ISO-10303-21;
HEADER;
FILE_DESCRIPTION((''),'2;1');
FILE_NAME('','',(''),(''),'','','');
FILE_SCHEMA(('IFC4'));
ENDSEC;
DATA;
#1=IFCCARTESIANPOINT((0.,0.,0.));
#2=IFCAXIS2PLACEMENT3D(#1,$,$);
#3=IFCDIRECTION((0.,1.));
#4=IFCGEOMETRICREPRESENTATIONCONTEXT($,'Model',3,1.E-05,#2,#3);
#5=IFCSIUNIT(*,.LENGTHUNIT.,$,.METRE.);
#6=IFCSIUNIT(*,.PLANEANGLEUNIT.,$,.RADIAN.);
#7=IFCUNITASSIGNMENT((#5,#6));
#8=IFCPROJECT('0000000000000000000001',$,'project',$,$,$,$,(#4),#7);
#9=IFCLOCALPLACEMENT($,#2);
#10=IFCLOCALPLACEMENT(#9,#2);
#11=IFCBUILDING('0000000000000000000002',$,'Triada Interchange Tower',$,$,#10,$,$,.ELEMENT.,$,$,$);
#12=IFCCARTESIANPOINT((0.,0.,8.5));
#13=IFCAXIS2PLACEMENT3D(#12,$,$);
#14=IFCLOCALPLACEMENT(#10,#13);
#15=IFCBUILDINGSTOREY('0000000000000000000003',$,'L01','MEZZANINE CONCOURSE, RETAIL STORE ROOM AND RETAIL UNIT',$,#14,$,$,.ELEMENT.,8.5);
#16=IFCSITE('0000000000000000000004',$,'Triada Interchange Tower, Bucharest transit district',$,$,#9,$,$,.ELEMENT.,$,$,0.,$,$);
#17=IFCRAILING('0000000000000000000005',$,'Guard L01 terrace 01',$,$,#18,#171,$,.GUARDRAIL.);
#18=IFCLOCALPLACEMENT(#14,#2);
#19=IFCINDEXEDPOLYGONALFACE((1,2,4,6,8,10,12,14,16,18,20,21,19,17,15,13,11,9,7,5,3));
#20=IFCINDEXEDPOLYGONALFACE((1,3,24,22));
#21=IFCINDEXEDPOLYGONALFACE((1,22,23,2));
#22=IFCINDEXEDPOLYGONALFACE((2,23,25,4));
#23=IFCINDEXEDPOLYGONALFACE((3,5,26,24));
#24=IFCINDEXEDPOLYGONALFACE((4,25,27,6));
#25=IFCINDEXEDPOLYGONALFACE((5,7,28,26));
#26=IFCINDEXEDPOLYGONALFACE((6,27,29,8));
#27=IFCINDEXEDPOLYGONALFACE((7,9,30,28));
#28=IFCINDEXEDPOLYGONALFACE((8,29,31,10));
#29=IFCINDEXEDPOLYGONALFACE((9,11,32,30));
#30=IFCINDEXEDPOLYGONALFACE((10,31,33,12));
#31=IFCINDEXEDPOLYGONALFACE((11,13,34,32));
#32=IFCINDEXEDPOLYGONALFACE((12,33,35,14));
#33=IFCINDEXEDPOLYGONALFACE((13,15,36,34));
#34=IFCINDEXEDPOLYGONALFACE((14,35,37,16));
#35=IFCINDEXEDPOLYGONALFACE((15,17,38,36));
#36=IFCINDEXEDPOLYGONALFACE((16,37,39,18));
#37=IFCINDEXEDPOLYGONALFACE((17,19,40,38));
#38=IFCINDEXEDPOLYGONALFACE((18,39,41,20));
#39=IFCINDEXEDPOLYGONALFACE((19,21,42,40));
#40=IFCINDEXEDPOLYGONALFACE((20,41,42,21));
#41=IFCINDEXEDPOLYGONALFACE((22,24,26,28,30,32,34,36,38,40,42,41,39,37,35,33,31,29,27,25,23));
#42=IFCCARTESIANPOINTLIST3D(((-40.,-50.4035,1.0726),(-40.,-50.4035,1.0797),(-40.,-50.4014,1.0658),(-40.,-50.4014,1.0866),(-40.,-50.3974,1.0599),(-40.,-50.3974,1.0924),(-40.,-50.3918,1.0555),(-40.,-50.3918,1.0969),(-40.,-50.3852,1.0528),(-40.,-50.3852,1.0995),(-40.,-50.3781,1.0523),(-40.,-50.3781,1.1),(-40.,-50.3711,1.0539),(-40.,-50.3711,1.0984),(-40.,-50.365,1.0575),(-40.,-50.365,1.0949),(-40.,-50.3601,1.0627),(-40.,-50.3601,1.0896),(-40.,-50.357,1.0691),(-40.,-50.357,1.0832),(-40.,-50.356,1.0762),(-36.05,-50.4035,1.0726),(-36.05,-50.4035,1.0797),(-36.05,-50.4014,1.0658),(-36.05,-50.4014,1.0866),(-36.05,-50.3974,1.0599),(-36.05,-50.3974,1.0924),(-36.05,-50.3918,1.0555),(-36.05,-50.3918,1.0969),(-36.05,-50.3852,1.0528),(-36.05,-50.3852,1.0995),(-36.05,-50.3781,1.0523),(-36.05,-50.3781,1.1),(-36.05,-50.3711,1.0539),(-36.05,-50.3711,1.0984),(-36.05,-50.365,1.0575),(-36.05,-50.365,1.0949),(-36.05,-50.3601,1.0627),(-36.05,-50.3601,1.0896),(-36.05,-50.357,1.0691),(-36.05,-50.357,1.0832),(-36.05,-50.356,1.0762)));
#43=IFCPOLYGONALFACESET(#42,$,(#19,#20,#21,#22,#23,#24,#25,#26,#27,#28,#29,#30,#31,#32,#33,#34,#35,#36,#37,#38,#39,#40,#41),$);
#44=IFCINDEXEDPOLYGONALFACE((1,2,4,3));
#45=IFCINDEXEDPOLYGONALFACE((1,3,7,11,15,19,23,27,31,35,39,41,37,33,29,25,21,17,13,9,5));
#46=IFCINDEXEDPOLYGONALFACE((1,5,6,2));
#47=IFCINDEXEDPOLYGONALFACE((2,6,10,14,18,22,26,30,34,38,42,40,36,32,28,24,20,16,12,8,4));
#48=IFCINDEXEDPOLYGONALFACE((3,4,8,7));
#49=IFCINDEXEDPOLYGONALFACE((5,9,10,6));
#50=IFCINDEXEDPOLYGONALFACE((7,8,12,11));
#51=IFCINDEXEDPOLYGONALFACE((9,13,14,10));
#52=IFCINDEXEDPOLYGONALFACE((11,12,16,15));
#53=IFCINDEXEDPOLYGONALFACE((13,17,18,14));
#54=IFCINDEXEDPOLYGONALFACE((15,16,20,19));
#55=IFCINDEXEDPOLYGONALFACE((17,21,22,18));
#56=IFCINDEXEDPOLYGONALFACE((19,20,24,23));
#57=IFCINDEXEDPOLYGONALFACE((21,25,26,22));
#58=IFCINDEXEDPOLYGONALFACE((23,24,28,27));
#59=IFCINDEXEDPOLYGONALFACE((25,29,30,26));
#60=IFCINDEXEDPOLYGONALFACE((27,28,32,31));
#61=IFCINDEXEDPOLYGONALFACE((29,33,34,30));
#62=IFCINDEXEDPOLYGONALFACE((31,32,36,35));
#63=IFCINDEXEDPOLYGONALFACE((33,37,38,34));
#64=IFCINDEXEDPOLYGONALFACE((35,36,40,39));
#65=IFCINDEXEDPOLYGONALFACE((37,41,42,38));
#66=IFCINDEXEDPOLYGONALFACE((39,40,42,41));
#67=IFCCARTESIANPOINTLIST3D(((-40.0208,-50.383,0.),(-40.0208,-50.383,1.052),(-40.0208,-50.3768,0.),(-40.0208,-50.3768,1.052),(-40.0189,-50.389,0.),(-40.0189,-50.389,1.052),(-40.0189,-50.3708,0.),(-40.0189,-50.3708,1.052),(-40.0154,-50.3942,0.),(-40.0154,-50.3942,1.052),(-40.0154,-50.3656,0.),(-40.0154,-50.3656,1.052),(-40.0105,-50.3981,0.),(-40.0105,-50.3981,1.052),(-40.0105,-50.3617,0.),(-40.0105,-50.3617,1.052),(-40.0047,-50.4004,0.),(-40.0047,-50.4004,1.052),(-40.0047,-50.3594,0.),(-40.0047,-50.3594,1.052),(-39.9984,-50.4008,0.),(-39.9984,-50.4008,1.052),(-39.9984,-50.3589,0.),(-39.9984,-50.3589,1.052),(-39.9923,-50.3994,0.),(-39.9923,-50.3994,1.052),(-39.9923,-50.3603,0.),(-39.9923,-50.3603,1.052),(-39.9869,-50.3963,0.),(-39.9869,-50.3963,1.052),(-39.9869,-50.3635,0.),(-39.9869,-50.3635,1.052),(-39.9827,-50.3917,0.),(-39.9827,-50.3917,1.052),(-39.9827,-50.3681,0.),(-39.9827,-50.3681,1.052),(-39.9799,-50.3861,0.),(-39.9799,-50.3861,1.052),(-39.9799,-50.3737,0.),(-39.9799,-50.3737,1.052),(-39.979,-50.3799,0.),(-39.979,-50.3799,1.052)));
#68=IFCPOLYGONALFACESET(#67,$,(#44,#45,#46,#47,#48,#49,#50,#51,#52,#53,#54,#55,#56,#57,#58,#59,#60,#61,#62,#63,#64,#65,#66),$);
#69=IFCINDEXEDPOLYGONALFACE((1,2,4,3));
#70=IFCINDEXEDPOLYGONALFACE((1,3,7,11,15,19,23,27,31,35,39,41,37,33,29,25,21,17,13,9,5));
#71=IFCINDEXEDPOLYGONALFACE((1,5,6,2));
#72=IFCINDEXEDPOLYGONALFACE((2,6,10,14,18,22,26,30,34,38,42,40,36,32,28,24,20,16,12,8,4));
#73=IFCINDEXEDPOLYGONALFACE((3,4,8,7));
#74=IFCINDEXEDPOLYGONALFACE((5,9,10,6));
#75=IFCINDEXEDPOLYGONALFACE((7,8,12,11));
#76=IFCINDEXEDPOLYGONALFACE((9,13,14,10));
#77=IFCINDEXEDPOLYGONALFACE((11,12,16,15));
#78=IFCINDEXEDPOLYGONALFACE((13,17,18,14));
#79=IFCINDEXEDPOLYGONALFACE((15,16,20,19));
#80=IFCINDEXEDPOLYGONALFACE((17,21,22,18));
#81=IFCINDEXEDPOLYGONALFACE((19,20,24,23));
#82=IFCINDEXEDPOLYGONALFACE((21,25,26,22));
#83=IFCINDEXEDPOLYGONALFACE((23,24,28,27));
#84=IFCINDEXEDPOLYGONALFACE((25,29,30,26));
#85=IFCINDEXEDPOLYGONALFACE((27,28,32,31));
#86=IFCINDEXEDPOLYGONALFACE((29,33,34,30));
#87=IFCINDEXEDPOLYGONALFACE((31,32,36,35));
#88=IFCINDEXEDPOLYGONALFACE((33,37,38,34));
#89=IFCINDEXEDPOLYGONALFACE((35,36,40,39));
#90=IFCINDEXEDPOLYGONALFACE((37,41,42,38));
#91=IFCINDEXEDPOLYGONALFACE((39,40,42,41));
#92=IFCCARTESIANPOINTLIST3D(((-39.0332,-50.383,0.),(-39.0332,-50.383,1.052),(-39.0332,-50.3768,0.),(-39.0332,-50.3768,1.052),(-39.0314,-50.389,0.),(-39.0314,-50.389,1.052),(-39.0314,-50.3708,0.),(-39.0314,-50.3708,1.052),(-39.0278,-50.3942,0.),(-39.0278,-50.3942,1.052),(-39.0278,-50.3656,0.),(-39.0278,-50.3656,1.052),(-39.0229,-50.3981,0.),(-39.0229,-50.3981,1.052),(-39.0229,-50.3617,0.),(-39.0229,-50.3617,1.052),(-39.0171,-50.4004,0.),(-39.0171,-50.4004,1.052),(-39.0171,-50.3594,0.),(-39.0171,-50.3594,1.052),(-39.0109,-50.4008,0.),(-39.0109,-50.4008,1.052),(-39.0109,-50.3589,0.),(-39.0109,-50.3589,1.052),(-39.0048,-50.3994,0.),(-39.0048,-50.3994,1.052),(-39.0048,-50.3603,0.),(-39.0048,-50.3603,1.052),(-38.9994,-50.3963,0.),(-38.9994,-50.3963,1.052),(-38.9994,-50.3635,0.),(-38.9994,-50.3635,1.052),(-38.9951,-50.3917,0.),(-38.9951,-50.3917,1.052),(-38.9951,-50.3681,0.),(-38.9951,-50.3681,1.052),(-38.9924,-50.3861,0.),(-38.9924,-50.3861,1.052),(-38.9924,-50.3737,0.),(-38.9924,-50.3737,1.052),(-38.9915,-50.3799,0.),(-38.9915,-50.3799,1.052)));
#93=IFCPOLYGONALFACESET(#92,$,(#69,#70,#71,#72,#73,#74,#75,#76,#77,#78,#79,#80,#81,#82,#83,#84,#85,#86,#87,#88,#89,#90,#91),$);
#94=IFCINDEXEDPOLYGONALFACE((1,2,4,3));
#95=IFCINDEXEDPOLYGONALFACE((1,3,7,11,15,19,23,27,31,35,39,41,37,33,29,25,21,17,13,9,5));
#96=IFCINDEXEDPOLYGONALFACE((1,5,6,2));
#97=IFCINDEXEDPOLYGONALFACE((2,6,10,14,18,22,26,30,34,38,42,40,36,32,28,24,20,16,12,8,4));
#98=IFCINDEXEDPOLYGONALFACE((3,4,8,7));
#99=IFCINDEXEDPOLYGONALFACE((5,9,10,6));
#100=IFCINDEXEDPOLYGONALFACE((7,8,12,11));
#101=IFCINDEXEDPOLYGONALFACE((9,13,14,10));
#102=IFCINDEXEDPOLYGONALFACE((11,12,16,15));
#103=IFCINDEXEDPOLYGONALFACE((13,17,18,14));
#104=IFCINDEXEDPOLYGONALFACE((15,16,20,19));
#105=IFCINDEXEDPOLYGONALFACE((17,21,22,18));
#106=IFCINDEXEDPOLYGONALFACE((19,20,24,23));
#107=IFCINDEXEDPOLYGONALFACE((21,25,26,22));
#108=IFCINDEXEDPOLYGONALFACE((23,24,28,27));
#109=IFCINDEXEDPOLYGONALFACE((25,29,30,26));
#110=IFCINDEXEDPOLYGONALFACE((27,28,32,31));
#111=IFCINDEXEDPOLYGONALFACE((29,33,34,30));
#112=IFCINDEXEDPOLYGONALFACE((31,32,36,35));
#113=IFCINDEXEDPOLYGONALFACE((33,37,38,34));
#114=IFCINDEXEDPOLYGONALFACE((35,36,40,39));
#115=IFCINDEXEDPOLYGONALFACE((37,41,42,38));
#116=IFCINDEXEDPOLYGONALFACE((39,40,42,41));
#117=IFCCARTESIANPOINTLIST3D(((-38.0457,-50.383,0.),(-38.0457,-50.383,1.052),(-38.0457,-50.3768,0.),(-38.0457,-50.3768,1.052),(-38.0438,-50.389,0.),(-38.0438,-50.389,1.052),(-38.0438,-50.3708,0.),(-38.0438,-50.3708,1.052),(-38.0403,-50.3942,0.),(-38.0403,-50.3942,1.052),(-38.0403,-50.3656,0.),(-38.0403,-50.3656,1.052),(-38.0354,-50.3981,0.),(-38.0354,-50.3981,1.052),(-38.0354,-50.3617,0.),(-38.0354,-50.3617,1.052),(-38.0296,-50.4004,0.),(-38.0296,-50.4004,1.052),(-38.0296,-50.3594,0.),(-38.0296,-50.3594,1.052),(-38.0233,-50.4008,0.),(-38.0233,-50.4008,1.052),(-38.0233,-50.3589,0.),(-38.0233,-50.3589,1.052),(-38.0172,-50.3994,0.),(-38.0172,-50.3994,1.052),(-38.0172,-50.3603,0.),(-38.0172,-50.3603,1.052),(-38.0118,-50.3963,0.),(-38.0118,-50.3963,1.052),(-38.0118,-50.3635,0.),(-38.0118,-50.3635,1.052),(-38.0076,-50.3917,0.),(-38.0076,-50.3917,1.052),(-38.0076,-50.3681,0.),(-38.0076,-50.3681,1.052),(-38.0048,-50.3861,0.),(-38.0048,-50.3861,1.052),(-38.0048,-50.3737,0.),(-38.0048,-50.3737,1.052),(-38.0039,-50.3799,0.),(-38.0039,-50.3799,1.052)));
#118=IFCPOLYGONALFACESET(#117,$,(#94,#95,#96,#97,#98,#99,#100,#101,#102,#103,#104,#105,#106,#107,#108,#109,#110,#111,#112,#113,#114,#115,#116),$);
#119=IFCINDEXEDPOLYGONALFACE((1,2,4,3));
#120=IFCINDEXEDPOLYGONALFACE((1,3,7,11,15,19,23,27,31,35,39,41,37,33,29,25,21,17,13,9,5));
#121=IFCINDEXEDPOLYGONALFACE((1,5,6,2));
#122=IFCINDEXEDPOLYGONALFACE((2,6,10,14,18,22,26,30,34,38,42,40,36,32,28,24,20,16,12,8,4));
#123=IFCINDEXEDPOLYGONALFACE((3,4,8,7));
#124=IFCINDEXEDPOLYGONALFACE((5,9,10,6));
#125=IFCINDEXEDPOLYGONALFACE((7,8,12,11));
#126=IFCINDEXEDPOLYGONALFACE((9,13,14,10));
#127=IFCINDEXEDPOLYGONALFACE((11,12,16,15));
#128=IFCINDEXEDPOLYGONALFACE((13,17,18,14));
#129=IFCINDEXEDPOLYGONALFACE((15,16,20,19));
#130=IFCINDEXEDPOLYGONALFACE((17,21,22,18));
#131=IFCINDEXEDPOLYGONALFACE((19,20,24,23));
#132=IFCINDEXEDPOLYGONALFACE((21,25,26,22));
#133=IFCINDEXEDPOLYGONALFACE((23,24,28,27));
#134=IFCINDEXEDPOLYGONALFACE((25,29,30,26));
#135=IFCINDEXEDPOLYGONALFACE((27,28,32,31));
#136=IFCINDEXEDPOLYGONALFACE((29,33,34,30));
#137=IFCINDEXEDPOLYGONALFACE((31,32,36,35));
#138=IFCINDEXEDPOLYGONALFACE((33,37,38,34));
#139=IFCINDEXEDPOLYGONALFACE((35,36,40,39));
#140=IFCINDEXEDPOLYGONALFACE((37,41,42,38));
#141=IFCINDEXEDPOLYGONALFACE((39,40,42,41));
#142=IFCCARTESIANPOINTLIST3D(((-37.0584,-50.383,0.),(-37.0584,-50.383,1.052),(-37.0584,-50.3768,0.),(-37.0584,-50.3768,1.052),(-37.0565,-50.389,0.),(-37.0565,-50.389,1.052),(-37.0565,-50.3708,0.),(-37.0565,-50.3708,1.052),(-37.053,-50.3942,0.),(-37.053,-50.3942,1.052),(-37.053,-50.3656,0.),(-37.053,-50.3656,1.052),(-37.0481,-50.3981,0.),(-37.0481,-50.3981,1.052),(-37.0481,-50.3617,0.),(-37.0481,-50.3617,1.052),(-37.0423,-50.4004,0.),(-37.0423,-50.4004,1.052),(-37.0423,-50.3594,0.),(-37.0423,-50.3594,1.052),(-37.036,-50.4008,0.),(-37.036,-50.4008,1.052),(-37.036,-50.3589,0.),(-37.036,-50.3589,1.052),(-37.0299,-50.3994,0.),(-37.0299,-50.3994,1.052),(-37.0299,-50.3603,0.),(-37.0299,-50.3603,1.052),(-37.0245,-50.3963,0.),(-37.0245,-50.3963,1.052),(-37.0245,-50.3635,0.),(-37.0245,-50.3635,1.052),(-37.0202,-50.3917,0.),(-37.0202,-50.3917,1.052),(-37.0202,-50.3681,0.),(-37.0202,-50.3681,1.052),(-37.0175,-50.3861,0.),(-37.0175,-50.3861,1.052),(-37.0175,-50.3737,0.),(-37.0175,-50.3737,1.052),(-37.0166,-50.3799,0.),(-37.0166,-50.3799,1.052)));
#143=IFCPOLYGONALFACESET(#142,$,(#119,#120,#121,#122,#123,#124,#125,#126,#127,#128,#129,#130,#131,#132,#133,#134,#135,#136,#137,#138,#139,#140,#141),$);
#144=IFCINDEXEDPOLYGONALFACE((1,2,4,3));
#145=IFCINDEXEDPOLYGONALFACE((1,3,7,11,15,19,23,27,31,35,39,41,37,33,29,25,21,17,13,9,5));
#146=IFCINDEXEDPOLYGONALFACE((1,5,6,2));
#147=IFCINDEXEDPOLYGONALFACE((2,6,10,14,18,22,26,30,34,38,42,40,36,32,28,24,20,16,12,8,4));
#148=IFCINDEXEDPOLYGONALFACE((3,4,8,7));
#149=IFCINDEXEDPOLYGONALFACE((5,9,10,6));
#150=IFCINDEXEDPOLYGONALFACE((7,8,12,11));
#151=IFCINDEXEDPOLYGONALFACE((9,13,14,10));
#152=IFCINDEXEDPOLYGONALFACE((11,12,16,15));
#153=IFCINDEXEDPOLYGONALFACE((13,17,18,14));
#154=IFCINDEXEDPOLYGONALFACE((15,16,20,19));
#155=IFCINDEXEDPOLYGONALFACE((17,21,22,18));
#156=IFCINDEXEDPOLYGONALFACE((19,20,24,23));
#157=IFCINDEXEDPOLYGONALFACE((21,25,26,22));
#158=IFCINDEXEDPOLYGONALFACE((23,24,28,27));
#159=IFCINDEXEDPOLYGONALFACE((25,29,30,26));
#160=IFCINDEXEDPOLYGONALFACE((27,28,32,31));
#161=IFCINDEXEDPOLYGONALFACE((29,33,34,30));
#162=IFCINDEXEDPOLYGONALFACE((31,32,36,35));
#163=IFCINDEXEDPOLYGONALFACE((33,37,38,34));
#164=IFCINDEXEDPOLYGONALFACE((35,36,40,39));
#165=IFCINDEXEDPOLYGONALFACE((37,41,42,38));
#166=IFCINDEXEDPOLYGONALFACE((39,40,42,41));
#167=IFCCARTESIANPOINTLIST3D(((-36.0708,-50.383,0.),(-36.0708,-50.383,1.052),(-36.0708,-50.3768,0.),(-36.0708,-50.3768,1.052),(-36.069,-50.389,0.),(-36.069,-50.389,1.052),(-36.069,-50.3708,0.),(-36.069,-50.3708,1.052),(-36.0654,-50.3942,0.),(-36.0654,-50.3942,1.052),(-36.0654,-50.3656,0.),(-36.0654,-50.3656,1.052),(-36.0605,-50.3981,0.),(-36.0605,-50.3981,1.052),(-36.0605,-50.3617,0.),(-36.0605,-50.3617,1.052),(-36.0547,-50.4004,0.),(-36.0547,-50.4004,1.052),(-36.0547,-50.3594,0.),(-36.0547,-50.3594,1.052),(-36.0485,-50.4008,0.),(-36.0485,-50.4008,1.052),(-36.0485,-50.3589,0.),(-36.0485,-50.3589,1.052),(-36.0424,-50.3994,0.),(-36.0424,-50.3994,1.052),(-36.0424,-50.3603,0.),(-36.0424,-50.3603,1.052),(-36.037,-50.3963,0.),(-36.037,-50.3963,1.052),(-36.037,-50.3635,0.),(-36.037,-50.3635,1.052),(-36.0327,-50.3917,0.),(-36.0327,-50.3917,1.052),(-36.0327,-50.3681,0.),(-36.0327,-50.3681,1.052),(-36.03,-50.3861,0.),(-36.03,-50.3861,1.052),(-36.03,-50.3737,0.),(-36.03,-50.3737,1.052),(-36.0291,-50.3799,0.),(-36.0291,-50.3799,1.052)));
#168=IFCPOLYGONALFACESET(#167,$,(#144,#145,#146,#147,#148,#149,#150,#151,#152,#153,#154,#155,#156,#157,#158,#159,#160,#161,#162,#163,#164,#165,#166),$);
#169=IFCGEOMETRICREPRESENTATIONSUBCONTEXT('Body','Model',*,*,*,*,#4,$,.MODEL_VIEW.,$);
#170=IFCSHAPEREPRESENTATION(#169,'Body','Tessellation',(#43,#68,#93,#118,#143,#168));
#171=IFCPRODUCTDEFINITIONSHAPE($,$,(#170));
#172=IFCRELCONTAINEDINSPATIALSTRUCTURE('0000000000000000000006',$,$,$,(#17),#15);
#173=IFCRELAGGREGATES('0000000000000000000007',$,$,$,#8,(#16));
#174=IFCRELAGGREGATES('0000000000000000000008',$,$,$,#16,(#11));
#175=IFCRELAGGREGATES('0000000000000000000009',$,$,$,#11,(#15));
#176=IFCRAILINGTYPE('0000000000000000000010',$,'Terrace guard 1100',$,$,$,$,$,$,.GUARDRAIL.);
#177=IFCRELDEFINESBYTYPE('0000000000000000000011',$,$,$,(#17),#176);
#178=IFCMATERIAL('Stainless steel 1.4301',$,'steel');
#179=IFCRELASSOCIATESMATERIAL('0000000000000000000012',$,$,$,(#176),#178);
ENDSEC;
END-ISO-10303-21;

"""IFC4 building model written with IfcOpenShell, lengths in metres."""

from ifc_helpers import new_model, si_unit, direction, frame, origin, origin_2d, place, context, subcontext, project, spatial, circle, extrude, material, type_object, element, save


model = new_model("IFC4")

# Units and contexts
model_context = context("Model", 3, precision=1e-05, world=origin(), true_north=direction((0.0, 1.0)))
body_context = subcontext(model_context, "Body", "Model", "MODEL_VIEW")
ifc_project = project(units=[si_unit("LENGTHUNIT", "METRE"), si_unit("PLANEANGLEUNIT", "RADIAN")], contexts=[model_context])

# Site, building, storey
site_placement = place(None, origin())
site = spatial("IfcSite", under=ifc_project, at=site_placement, Name="Triada Interchange Tower, Bucharest transit district", CompositionType="ELEMENT", RefElevation=0.0)
building_placement = place(site_placement, origin())
building = spatial("IfcBuilding", under=site, at=building_placement, Name="Triada Interchange Tower", CompositionType="ELEMENT")
storey_placement = place(building_placement, frame((0.0, 0.0, 8.5)))
storey = spatial("IfcBuildingStorey", under=building, at=storey_placement, Name="L01", Description="MEZZANINE CONCOURSE, RETAIL STORE ROOM AND RETAIL UNIT", CompositionType="ELEMENT", Elevation=8.5)

# Railing
ifc_material_1 = material(Name="Stainless steel 1.4301", Category="steel")
railing_type = type_object("IfcRailingType", Name="Terrace guard 1100", PredefinedType="GUARDRAIL", material=ifc_material_1)
railing_1_placement = place(storey_placement, frame((-40.0, -50.3799, 0.0)))
element("IfcRailing", 1, at=railing_1_placement, inside=storey, type_object=railing_type, Name="Guard L01 terrace 01", PredefinedType="GUARDRAIL", context=body_context, shape_type="SweptSolid", body=[
    extrude(circle(Radius=0.0239, at=origin_2d()), frame((0.0, 0.0, 1.0762), z_axis=(1.0, 0.0, 0.0), x_axis=(0.0, 1.0, 0.0)), (0.0, 0.0, 1.0), 3.95),
    extrude(circle(Radius=0.021, at=origin_2d()), origin(), (0.0, 0.0, 1.0), 1.052),
    extrude(circle(Radius=0.021, at=origin_2d()), frame((0.9875, 0.0, 0.0)), (0.0, 0.0, 1.0), 1.052),
    extrude(circle(Radius=0.021, at=origin_2d()), frame((1.9751, 0.0, 0.0)), (0.0, 0.0, 1.0), 1.052),
    extrude(circle(Radius=0.021, at=origin_2d()), frame((2.9624, 0.0, 0.0)), (0.0, 0.0, 1.0), 1.052),
    extrude(circle(Radius=0.021, at=origin_2d()), frame((3.95, 0.0, 0.0)), (0.0, 0.0, 1.0), 1.052),
])

save(model, "model.ifc")
